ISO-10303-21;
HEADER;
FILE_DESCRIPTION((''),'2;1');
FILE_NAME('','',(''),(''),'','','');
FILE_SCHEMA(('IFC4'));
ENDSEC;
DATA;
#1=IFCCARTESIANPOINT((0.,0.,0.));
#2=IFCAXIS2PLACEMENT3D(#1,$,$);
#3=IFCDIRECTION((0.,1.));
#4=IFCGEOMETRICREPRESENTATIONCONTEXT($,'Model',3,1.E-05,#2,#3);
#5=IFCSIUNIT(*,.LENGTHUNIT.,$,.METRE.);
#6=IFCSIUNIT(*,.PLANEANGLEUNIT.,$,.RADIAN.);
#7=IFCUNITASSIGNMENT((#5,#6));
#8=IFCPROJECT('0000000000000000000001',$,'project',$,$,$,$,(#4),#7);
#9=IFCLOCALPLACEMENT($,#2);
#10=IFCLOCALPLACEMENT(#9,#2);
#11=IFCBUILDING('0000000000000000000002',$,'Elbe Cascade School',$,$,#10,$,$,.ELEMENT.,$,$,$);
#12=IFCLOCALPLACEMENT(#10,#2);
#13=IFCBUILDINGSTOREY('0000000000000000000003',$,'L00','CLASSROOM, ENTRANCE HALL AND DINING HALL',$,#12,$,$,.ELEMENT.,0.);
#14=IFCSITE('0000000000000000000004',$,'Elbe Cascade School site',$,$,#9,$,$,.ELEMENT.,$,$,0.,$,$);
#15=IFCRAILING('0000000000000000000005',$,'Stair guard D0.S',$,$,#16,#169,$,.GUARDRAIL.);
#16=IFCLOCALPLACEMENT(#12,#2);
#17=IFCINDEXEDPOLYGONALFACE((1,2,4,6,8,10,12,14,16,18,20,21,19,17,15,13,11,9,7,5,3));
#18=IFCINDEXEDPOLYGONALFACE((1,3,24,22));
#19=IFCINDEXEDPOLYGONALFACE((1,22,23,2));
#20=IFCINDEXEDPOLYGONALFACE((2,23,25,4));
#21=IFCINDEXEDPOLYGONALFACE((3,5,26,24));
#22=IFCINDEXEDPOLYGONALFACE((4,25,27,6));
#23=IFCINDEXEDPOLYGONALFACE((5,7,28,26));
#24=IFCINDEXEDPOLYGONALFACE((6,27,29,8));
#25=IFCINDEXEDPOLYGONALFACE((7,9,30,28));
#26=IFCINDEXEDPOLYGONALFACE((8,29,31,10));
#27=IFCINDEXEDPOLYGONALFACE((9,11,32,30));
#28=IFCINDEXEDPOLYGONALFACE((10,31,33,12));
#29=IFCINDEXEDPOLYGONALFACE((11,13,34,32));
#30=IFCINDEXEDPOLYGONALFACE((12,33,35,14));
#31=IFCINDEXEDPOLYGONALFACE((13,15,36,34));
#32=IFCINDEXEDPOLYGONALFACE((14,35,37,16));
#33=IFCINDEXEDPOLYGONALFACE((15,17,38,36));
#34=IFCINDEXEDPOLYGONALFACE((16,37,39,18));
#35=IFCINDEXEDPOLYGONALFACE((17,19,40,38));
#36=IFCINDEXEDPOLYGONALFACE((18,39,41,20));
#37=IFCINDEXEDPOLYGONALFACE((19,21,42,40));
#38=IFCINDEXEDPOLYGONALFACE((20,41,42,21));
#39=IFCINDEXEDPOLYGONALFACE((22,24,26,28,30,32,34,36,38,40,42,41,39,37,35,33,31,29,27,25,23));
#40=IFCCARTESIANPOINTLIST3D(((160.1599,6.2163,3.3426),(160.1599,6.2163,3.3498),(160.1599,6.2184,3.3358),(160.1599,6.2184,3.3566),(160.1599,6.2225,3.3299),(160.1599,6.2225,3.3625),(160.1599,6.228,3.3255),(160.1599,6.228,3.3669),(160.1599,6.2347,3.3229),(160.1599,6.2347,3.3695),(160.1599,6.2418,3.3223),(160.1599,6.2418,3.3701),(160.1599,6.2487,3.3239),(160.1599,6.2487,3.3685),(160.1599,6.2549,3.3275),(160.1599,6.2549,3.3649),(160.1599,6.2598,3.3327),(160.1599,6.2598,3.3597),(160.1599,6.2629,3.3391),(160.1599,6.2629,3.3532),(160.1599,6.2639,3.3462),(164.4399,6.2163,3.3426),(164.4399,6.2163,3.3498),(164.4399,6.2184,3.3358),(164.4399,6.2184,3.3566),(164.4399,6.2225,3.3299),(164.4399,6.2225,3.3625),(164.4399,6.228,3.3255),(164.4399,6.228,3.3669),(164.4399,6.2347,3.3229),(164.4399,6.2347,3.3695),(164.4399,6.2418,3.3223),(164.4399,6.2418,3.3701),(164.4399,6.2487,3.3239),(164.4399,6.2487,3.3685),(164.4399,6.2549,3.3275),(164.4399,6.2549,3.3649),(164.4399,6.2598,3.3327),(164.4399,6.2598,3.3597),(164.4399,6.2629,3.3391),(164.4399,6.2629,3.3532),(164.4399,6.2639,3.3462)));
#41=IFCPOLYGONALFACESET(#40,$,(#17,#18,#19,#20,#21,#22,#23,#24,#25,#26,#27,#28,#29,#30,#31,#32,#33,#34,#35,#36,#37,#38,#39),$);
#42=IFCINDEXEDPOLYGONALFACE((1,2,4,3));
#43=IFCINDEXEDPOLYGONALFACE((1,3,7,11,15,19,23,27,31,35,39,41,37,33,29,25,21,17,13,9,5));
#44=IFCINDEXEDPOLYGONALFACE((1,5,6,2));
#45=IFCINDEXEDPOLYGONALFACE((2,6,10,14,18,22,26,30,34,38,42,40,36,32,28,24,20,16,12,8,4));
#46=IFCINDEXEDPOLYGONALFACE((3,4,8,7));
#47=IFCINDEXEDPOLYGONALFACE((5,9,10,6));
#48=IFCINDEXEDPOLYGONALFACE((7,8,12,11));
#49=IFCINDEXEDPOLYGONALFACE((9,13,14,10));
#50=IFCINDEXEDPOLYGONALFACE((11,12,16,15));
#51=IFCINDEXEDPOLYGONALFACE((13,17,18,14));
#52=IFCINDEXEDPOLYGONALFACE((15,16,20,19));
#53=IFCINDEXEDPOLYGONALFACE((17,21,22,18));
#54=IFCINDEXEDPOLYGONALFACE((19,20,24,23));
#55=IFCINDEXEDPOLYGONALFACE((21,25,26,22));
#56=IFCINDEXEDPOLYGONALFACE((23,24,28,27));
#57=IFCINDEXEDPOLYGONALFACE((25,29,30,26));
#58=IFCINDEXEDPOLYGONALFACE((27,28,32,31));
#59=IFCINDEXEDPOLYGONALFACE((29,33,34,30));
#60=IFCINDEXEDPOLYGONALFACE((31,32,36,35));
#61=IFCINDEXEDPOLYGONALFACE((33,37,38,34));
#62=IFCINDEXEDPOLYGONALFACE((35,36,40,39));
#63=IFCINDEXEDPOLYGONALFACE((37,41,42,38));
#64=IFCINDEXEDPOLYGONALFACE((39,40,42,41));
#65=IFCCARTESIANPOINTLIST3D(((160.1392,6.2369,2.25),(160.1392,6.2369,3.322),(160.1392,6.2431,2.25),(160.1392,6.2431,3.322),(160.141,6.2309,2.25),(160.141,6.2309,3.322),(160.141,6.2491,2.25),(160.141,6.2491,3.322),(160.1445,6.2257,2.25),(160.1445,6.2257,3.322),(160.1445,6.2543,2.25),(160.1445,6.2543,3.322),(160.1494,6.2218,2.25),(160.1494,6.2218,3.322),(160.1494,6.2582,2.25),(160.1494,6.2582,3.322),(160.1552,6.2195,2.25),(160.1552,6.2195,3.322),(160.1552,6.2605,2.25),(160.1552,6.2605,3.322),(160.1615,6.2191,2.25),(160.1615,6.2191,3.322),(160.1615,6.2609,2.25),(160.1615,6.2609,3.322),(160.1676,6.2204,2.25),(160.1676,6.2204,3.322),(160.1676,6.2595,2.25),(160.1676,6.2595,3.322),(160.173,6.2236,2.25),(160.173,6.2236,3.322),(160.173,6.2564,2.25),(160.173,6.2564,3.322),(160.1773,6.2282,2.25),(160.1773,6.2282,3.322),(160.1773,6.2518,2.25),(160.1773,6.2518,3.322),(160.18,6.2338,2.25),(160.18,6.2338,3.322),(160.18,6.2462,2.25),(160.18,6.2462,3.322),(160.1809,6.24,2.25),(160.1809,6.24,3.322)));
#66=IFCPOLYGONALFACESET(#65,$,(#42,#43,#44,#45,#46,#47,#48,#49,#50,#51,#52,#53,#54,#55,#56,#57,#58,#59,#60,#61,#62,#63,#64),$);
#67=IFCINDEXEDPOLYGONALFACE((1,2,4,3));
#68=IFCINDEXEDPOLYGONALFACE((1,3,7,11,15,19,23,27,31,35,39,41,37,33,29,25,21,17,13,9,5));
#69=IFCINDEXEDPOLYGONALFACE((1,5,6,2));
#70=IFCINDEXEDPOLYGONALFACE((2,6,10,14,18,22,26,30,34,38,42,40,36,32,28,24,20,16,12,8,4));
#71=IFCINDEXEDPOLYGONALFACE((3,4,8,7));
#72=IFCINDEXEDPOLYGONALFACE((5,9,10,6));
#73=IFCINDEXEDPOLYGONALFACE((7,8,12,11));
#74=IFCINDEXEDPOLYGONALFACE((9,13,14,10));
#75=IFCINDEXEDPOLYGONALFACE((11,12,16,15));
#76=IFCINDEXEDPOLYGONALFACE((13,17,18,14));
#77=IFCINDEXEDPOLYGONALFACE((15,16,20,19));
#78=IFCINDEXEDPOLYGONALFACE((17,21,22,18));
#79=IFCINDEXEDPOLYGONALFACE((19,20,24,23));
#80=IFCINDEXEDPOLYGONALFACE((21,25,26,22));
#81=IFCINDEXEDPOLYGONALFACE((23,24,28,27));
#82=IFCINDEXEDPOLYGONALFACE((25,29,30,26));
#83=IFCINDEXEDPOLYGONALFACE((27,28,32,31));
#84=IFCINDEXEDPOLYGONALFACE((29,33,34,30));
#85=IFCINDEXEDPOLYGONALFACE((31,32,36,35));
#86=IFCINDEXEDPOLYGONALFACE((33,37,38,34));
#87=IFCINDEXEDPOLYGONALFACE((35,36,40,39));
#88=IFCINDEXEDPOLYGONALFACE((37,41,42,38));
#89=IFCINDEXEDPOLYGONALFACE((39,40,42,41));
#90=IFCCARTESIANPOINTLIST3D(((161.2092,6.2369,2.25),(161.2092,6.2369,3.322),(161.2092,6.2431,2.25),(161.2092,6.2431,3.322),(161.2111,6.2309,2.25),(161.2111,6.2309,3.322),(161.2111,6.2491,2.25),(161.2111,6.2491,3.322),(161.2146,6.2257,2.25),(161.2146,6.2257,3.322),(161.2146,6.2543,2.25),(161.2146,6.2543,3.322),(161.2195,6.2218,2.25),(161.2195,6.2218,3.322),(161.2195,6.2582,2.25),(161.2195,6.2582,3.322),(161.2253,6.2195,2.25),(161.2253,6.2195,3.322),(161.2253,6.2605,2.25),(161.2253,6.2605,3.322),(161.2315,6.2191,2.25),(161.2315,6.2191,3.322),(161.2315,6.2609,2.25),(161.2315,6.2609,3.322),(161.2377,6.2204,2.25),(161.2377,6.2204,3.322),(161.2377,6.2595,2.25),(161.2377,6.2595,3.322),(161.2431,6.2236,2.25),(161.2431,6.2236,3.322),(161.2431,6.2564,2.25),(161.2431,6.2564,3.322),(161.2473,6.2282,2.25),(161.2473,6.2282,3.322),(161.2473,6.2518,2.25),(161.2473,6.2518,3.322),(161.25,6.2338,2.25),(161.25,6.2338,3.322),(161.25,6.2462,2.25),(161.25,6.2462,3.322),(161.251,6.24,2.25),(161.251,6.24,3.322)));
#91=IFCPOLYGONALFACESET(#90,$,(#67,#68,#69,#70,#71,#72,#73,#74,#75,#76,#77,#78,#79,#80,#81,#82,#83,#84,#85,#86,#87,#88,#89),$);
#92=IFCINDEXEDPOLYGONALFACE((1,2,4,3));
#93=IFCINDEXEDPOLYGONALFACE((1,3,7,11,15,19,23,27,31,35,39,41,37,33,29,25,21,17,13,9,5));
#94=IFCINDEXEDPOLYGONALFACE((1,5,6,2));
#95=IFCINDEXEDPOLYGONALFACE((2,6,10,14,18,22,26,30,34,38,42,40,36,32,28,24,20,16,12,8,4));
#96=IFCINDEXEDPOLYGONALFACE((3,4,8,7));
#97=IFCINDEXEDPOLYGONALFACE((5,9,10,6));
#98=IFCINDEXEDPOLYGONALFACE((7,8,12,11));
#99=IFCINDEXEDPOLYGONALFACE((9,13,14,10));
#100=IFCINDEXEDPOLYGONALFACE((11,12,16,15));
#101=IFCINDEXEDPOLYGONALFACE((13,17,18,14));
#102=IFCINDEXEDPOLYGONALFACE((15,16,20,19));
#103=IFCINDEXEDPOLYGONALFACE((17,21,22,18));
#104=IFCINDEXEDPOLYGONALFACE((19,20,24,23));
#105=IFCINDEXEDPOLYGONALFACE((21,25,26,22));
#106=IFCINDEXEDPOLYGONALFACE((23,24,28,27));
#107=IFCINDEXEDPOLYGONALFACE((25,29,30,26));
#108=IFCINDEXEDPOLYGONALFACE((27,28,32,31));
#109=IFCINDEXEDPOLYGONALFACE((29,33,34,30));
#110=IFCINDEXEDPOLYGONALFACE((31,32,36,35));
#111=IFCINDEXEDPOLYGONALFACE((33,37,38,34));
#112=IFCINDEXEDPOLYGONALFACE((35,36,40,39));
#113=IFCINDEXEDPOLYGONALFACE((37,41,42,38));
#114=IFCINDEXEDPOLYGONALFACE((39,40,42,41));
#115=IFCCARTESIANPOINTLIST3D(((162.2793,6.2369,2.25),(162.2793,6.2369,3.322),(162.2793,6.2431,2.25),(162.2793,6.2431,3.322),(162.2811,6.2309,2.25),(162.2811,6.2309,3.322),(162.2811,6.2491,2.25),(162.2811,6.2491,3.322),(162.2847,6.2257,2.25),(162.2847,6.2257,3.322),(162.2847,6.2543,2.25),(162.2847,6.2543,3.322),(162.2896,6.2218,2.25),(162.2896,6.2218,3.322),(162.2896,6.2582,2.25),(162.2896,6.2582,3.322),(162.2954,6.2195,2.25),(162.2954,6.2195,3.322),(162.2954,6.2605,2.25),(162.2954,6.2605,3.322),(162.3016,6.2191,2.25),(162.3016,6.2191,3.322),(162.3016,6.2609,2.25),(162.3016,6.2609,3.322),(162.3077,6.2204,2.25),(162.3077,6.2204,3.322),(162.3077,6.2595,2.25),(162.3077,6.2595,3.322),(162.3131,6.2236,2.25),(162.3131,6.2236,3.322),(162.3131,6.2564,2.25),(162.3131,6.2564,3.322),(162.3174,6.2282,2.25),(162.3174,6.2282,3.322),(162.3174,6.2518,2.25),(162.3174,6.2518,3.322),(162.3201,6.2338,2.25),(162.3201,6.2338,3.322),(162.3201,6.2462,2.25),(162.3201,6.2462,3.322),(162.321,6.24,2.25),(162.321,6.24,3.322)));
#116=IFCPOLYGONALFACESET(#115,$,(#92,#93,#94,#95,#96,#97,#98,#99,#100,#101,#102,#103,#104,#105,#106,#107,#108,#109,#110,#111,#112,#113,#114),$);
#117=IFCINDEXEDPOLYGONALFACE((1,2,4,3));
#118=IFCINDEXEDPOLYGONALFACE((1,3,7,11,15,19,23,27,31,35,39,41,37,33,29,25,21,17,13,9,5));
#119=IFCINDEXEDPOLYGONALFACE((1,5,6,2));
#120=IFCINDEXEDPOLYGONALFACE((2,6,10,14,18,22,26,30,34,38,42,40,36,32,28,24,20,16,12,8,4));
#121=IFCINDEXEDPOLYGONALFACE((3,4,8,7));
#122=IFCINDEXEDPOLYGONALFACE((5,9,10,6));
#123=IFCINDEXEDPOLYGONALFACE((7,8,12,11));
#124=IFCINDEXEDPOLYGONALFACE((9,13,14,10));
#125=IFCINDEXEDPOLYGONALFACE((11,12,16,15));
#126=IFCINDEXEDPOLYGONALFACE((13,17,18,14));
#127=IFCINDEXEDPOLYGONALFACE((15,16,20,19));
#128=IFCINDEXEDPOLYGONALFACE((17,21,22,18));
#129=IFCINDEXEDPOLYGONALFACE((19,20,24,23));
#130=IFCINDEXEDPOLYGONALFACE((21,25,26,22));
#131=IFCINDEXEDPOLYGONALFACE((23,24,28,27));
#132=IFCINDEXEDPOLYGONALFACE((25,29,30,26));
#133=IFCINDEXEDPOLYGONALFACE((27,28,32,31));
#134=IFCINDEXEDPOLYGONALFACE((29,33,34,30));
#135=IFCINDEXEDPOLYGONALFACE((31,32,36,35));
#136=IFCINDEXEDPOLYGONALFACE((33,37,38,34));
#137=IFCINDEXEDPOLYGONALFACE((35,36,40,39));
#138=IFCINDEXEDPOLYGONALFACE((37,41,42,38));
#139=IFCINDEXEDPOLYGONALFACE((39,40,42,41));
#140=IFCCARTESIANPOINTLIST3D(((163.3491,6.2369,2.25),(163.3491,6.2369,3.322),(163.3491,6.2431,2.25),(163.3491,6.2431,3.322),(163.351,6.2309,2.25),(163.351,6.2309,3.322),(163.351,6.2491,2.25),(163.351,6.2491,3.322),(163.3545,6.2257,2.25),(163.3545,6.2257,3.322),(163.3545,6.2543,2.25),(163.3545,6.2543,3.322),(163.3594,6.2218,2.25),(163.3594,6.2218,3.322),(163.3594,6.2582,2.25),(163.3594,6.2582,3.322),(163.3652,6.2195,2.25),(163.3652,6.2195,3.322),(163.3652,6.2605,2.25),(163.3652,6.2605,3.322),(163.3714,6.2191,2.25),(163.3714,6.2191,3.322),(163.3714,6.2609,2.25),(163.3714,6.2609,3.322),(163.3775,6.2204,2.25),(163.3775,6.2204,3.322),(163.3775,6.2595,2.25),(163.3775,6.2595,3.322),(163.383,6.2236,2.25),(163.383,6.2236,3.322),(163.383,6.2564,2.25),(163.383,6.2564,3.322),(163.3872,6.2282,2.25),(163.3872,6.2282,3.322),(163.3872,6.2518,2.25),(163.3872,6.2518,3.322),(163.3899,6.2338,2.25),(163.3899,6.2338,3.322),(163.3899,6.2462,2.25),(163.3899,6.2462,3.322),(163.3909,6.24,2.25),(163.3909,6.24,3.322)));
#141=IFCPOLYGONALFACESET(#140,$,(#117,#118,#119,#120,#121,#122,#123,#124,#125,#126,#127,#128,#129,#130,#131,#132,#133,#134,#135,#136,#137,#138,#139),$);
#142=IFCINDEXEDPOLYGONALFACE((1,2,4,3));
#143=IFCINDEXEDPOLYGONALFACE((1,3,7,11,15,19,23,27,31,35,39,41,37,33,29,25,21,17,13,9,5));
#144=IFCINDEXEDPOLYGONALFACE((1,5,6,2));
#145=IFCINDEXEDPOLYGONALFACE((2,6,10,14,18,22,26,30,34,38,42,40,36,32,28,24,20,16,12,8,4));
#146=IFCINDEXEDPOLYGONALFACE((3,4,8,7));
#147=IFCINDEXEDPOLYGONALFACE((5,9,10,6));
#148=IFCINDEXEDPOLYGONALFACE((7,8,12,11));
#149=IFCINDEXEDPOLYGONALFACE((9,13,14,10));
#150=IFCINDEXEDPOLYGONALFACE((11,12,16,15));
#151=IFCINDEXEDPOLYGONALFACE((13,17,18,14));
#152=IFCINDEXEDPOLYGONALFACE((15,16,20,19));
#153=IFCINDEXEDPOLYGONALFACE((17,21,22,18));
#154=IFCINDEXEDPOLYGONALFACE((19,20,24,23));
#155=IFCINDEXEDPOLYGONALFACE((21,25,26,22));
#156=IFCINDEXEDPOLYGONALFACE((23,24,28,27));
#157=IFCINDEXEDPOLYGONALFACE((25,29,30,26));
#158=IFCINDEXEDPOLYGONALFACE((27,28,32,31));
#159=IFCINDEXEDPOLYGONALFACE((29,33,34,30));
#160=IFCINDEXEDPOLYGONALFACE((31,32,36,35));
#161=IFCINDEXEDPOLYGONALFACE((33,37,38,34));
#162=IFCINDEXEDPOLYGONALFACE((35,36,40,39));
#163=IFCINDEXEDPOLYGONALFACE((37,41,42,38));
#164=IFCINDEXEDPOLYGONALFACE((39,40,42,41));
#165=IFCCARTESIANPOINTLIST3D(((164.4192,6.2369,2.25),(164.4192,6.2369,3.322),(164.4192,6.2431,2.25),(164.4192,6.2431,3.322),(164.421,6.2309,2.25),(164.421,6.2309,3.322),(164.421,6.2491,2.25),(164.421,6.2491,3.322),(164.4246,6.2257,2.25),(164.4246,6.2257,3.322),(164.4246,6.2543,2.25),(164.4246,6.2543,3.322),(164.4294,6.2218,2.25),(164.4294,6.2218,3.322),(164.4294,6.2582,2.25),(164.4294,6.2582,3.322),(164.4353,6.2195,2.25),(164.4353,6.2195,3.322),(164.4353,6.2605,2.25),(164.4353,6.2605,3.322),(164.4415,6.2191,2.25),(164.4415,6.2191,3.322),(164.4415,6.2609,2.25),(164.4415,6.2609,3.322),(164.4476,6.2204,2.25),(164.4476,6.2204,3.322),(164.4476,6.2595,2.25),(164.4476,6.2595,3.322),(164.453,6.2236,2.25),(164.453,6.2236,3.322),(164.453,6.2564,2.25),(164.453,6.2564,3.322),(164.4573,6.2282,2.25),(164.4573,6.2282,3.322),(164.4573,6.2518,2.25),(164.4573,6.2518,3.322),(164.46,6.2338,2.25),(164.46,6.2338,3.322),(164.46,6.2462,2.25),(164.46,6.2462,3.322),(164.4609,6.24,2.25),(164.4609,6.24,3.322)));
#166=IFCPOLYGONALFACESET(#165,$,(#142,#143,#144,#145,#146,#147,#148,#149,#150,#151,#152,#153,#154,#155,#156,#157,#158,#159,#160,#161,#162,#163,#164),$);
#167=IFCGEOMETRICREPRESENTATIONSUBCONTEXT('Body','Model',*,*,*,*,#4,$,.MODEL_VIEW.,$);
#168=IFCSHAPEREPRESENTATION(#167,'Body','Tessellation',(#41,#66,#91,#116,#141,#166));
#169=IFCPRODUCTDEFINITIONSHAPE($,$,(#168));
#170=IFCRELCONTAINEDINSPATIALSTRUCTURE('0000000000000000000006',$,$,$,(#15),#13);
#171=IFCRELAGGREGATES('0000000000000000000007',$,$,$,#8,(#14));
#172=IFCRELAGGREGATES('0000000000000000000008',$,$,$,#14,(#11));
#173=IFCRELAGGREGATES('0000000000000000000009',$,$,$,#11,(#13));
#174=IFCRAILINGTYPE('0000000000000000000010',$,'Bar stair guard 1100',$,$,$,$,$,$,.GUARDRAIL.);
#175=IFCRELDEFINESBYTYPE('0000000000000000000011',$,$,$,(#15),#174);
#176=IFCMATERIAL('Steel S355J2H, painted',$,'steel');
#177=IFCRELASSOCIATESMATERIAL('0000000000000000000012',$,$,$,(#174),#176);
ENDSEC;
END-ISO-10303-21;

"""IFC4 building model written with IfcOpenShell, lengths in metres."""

from ifc_helpers import new_model, si_unit, direction, frame, origin, origin_2d, place, context, subcontext, project, spatial, circle, extrude, material, type_object, element, save


model = new_model("IFC4")

# Units and contexts
model_context = context("Model", 3, precision=1e-05, world=origin(), true_north=direction((0.0, 1.0)))
body_context = subcontext(model_context, "Body", "Model", "MODEL_VIEW")
ifc_project = project(units=[si_unit("LENGTHUNIT", "METRE"), si_unit("PLANEANGLEUNIT", "RADIAN")], contexts=[model_context])

# Site, building, storey
site_placement = place(None, origin())
site = spatial("IfcSite", under=ifc_project, at=site_placement, Name="Elbe Cascade School site", CompositionType="ELEMENT", RefElevation=0.0)
building_placement = place(site_placement, origin())
building = spatial("IfcBuilding", under=site, at=building_placement, Name="Elbe Cascade School", CompositionType="ELEMENT")
storey_placement = place(building_placement, origin())
storey = spatial("IfcBuildingStorey", under=building, at=storey_placement, Name="L00", Description="CLASSROOM, ENTRANCE HALL AND DINING HALL", CompositionType="ELEMENT", Elevation=0.0)

# Railing
ifc_material_1 = material(Name="Steel S355J2H, painted", Category="steel")
railing_type = type_object("IfcRailingType", Name="Bar stair guard 1100", PredefinedType="GUARDRAIL", material=ifc_material_1)
railing_placement = place(storey_placement, frame((160.1599, 6.24, 2.25)))
element("IfcRailing", 1, at=railing_placement, inside=storey, type_object=railing_type, Name="Stair guard D0.S", PredefinedType="GUARDRAIL", context=body_context, shape_type="SweptSolid", body=[
    extrude(circle(Radius=0.0239, at=origin_2d()), frame((0.0, 0.0, 1.0962), z_axis=(1.0, 0.0, 0.0), x_axis=(0.0, 1.0, 0.0)), (0.0, 0.0, 1.0), 4.28),
    extrude(circle(Radius=0.021, at=origin_2d()), origin(), (0.0, 0.0, 1.0), 1.072),
    extrude(circle(Radius=0.021, at=origin_2d()), frame((1.0701, 0.0, 0.0)), (0.0, 0.0, 1.0), 1.072),
    extrude(circle(Radius=0.021, at=origin_2d()), frame((2.1401, 0.0, 0.0)), (0.0, 0.0, 1.0), 1.072),
    extrude(circle(Radius=0.021, at=origin_2d()), frame((3.21, 0.0, 0.0)), (0.0, 0.0, 1.0), 1.072),
    extrude(circle(Radius=0.021, at=origin_2d()), frame((4.28, 0.0, 0.0)), (0.0, 0.0, 1.0), 1.072),
])

save(model, "model.ifc")
